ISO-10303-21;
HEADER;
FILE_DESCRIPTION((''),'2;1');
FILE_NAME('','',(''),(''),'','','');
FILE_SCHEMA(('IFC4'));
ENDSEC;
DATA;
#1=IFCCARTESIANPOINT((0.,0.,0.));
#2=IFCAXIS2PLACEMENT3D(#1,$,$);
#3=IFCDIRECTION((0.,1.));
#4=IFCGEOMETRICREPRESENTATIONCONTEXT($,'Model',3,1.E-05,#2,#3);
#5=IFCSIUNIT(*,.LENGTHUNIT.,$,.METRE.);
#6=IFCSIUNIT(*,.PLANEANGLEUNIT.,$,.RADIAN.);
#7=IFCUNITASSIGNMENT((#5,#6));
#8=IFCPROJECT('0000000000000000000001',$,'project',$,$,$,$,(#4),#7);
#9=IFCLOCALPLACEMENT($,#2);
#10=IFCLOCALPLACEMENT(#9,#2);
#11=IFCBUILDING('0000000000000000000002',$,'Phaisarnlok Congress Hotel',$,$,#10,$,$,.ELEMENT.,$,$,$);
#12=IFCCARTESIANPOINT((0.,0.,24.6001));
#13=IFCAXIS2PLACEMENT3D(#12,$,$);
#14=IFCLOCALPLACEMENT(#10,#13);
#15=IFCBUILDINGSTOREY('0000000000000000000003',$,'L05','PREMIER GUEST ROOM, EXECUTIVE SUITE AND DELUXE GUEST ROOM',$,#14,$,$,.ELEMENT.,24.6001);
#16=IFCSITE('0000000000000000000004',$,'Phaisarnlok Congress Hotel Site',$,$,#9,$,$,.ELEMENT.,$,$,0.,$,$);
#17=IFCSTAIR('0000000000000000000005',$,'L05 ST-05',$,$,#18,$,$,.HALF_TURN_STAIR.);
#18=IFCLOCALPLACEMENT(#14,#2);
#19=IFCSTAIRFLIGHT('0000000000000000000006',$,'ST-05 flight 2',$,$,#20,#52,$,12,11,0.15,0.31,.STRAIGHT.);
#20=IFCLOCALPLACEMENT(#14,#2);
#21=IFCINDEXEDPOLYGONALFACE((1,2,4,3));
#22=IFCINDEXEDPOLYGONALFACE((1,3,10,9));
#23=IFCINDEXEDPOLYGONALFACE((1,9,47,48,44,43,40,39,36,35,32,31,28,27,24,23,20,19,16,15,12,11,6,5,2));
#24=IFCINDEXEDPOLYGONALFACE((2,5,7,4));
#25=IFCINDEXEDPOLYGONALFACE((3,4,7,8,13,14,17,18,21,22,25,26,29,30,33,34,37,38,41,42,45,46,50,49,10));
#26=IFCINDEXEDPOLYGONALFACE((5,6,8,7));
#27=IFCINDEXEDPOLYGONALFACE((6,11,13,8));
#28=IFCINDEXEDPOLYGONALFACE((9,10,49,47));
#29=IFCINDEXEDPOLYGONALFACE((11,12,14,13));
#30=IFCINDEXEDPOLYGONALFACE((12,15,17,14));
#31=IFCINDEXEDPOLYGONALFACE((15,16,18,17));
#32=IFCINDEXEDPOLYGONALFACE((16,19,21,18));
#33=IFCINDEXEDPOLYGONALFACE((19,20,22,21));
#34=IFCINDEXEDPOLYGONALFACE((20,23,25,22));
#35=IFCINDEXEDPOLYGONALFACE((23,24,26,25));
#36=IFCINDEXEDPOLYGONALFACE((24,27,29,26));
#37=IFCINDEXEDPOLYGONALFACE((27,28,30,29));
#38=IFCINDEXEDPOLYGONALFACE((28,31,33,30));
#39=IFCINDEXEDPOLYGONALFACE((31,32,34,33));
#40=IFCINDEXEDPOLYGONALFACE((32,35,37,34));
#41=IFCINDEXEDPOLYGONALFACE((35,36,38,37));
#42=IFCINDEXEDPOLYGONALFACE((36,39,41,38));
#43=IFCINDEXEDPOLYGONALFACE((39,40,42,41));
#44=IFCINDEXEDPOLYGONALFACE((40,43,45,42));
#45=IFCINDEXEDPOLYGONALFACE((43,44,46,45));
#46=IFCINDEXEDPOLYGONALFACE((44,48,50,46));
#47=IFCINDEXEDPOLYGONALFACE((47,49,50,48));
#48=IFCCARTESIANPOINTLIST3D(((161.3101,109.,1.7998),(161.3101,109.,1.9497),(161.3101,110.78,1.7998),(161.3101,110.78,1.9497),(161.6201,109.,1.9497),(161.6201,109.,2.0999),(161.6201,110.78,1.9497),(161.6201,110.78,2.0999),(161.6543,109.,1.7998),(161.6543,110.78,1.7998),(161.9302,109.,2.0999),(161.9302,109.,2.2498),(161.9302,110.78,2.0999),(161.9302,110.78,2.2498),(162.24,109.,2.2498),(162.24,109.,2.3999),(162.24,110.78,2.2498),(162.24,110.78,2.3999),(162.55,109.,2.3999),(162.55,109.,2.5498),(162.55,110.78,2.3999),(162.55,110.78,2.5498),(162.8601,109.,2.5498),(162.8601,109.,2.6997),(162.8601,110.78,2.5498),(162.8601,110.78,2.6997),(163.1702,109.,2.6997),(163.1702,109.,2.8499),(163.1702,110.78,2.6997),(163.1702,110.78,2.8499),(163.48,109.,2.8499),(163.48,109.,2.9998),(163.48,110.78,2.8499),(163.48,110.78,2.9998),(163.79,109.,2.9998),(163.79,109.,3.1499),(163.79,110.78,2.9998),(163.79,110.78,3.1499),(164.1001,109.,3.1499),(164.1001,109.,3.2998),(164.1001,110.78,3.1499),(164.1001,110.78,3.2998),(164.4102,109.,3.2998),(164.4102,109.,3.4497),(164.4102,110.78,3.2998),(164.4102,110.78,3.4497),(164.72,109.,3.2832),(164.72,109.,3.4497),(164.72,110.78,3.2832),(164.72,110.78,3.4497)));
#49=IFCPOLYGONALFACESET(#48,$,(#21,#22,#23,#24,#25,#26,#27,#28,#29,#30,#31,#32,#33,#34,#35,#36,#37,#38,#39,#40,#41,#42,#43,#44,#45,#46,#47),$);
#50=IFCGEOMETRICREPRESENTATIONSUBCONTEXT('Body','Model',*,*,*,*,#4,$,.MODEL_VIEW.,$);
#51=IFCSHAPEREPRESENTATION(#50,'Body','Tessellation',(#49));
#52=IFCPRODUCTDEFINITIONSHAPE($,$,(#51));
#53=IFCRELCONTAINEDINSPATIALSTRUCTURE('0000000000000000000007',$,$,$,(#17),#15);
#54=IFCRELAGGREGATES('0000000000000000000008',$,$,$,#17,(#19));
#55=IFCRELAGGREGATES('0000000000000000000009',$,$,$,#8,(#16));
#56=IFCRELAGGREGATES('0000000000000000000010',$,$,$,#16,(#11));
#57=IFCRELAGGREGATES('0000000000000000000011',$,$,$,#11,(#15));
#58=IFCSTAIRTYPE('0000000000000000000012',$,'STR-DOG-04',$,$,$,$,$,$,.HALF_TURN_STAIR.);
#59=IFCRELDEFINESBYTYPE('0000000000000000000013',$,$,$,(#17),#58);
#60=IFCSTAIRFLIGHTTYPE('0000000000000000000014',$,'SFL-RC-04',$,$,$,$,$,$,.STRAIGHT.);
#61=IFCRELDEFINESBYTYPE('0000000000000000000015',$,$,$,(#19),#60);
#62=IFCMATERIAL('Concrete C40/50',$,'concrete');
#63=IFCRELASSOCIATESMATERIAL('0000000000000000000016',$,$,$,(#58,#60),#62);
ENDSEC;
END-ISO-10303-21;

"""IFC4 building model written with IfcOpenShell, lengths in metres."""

from ifc_helpers import new_model, si_unit, direction, frame, origin, place, context, subcontext, project, spatial, polyline, outline, extrude, material, type_object, element, aggregate, save


model = new_model("IFC4")

# Units and contexts
model_context = context("Model", 3, precision=1e-05, world=origin(), true_north=direction((0.0, 1.0)))
body_context = subcontext(model_context, "Body", "Model", "MODEL_VIEW")
ifc_project = project(units=[si_unit("LENGTHUNIT", "METRE"), si_unit("PLANEANGLEUNIT", "RADIAN")], contexts=[model_context])

# Site, building, storey
site_placement = place(None, origin())
site = spatial("IfcSite", under=ifc_project, at=site_placement, Name="Phaisarnlok Congress Hotel Site", CompositionType="ELEMENT", RefElevation=0.0)
building_placement = place(site_placement, origin())
building = spatial("IfcBuilding", under=site, at=building_placement, Name="Phaisarnlok Congress Hotel", CompositionType="ELEMENT")
storey_placement = place(building_placement, frame((0.0, 0.0, 24.6001)))
storey = spatial("IfcBuildingStorey", under=building, at=storey_placement, Name="L05", Description="PREMIER GUEST ROOM, EXECUTIVE SUITE AND DELUXE GUEST ROOM", CompositionType="ELEMENT", Elevation=24.6001)

# Shared definitions
ifc_material_1 = material(Name="Concrete C40/50", Category="concrete")

# Stair, stair flight
stair_type = type_object("IfcStairType", Name="STR-DOG-04", PredefinedType="HALF_TURN_STAIR", material=ifc_material_1)
stair_placement = place(storey_placement, origin())
stair = element("IfcStair", 1, at=stair_placement, inside=storey, type_object=stair_type, Name="L05 ST-05", PredefinedType="HALF_TURN_STAIR")
stair_flight_type = type_object("IfcStairFlightType", Name="SFL-RC-04", PredefinedType="STRAIGHT", material=ifc_material_1)
stair_flight_1_placement = place(storey_placement, frame((161.3101, 109.8899, 1.7998), z_axis=(0.0, 0.0, 1.0), x_axis=(1.0, 0.0, 0.0)))
stair_flight_1 = element("IfcStairFlight", 2, at=stair_flight_1_placement, type_object=stair_flight_type, Name="ST-05 flight 2", NumberOfRisers=12, NumberOfTreads=11, PredefinedType="STRAIGHT", RiserHeight=0.15, TreadLength=0.31, context=body_context, shape_type="SweptSolid", body=[
    extrude(outline(polyline([(0.0, 0.0), (0.0, 0.1499), (0.3101, 0.1499), (0.3101, 0.3), (0.6201, 0.3), (0.6201, 0.45), (0.9299, 0.45), (0.9299, 0.6001), (1.24, 0.6001), (1.24, 0.75), (1.55, 0.75), (1.55, 0.8999), (1.8601, 0.8999), (1.8601, 1.05), (2.1699, 1.05), (2.1699, 1.2), (2.48, 1.2), (2.48, 1.3501), (2.79, 1.3501), (2.79, 1.5), (3.1001, 1.5), (3.1001, 1.6499), (3.4099, 1.6499), (3.4099, 1.8), (3.4099, 1.4834), (0.3442, 0.0), (0.0, 0.0)])), frame((0.0, 0.8901, 0.0), z_axis=(0.0, -1.0, 0.0), x_axis=(1.0, 0.0, 0.0)), (0.0, 0.0, 1.0), 1.78),
])
aggregate(stair, [stair_flight_1])

save(model, "model.ifc")
